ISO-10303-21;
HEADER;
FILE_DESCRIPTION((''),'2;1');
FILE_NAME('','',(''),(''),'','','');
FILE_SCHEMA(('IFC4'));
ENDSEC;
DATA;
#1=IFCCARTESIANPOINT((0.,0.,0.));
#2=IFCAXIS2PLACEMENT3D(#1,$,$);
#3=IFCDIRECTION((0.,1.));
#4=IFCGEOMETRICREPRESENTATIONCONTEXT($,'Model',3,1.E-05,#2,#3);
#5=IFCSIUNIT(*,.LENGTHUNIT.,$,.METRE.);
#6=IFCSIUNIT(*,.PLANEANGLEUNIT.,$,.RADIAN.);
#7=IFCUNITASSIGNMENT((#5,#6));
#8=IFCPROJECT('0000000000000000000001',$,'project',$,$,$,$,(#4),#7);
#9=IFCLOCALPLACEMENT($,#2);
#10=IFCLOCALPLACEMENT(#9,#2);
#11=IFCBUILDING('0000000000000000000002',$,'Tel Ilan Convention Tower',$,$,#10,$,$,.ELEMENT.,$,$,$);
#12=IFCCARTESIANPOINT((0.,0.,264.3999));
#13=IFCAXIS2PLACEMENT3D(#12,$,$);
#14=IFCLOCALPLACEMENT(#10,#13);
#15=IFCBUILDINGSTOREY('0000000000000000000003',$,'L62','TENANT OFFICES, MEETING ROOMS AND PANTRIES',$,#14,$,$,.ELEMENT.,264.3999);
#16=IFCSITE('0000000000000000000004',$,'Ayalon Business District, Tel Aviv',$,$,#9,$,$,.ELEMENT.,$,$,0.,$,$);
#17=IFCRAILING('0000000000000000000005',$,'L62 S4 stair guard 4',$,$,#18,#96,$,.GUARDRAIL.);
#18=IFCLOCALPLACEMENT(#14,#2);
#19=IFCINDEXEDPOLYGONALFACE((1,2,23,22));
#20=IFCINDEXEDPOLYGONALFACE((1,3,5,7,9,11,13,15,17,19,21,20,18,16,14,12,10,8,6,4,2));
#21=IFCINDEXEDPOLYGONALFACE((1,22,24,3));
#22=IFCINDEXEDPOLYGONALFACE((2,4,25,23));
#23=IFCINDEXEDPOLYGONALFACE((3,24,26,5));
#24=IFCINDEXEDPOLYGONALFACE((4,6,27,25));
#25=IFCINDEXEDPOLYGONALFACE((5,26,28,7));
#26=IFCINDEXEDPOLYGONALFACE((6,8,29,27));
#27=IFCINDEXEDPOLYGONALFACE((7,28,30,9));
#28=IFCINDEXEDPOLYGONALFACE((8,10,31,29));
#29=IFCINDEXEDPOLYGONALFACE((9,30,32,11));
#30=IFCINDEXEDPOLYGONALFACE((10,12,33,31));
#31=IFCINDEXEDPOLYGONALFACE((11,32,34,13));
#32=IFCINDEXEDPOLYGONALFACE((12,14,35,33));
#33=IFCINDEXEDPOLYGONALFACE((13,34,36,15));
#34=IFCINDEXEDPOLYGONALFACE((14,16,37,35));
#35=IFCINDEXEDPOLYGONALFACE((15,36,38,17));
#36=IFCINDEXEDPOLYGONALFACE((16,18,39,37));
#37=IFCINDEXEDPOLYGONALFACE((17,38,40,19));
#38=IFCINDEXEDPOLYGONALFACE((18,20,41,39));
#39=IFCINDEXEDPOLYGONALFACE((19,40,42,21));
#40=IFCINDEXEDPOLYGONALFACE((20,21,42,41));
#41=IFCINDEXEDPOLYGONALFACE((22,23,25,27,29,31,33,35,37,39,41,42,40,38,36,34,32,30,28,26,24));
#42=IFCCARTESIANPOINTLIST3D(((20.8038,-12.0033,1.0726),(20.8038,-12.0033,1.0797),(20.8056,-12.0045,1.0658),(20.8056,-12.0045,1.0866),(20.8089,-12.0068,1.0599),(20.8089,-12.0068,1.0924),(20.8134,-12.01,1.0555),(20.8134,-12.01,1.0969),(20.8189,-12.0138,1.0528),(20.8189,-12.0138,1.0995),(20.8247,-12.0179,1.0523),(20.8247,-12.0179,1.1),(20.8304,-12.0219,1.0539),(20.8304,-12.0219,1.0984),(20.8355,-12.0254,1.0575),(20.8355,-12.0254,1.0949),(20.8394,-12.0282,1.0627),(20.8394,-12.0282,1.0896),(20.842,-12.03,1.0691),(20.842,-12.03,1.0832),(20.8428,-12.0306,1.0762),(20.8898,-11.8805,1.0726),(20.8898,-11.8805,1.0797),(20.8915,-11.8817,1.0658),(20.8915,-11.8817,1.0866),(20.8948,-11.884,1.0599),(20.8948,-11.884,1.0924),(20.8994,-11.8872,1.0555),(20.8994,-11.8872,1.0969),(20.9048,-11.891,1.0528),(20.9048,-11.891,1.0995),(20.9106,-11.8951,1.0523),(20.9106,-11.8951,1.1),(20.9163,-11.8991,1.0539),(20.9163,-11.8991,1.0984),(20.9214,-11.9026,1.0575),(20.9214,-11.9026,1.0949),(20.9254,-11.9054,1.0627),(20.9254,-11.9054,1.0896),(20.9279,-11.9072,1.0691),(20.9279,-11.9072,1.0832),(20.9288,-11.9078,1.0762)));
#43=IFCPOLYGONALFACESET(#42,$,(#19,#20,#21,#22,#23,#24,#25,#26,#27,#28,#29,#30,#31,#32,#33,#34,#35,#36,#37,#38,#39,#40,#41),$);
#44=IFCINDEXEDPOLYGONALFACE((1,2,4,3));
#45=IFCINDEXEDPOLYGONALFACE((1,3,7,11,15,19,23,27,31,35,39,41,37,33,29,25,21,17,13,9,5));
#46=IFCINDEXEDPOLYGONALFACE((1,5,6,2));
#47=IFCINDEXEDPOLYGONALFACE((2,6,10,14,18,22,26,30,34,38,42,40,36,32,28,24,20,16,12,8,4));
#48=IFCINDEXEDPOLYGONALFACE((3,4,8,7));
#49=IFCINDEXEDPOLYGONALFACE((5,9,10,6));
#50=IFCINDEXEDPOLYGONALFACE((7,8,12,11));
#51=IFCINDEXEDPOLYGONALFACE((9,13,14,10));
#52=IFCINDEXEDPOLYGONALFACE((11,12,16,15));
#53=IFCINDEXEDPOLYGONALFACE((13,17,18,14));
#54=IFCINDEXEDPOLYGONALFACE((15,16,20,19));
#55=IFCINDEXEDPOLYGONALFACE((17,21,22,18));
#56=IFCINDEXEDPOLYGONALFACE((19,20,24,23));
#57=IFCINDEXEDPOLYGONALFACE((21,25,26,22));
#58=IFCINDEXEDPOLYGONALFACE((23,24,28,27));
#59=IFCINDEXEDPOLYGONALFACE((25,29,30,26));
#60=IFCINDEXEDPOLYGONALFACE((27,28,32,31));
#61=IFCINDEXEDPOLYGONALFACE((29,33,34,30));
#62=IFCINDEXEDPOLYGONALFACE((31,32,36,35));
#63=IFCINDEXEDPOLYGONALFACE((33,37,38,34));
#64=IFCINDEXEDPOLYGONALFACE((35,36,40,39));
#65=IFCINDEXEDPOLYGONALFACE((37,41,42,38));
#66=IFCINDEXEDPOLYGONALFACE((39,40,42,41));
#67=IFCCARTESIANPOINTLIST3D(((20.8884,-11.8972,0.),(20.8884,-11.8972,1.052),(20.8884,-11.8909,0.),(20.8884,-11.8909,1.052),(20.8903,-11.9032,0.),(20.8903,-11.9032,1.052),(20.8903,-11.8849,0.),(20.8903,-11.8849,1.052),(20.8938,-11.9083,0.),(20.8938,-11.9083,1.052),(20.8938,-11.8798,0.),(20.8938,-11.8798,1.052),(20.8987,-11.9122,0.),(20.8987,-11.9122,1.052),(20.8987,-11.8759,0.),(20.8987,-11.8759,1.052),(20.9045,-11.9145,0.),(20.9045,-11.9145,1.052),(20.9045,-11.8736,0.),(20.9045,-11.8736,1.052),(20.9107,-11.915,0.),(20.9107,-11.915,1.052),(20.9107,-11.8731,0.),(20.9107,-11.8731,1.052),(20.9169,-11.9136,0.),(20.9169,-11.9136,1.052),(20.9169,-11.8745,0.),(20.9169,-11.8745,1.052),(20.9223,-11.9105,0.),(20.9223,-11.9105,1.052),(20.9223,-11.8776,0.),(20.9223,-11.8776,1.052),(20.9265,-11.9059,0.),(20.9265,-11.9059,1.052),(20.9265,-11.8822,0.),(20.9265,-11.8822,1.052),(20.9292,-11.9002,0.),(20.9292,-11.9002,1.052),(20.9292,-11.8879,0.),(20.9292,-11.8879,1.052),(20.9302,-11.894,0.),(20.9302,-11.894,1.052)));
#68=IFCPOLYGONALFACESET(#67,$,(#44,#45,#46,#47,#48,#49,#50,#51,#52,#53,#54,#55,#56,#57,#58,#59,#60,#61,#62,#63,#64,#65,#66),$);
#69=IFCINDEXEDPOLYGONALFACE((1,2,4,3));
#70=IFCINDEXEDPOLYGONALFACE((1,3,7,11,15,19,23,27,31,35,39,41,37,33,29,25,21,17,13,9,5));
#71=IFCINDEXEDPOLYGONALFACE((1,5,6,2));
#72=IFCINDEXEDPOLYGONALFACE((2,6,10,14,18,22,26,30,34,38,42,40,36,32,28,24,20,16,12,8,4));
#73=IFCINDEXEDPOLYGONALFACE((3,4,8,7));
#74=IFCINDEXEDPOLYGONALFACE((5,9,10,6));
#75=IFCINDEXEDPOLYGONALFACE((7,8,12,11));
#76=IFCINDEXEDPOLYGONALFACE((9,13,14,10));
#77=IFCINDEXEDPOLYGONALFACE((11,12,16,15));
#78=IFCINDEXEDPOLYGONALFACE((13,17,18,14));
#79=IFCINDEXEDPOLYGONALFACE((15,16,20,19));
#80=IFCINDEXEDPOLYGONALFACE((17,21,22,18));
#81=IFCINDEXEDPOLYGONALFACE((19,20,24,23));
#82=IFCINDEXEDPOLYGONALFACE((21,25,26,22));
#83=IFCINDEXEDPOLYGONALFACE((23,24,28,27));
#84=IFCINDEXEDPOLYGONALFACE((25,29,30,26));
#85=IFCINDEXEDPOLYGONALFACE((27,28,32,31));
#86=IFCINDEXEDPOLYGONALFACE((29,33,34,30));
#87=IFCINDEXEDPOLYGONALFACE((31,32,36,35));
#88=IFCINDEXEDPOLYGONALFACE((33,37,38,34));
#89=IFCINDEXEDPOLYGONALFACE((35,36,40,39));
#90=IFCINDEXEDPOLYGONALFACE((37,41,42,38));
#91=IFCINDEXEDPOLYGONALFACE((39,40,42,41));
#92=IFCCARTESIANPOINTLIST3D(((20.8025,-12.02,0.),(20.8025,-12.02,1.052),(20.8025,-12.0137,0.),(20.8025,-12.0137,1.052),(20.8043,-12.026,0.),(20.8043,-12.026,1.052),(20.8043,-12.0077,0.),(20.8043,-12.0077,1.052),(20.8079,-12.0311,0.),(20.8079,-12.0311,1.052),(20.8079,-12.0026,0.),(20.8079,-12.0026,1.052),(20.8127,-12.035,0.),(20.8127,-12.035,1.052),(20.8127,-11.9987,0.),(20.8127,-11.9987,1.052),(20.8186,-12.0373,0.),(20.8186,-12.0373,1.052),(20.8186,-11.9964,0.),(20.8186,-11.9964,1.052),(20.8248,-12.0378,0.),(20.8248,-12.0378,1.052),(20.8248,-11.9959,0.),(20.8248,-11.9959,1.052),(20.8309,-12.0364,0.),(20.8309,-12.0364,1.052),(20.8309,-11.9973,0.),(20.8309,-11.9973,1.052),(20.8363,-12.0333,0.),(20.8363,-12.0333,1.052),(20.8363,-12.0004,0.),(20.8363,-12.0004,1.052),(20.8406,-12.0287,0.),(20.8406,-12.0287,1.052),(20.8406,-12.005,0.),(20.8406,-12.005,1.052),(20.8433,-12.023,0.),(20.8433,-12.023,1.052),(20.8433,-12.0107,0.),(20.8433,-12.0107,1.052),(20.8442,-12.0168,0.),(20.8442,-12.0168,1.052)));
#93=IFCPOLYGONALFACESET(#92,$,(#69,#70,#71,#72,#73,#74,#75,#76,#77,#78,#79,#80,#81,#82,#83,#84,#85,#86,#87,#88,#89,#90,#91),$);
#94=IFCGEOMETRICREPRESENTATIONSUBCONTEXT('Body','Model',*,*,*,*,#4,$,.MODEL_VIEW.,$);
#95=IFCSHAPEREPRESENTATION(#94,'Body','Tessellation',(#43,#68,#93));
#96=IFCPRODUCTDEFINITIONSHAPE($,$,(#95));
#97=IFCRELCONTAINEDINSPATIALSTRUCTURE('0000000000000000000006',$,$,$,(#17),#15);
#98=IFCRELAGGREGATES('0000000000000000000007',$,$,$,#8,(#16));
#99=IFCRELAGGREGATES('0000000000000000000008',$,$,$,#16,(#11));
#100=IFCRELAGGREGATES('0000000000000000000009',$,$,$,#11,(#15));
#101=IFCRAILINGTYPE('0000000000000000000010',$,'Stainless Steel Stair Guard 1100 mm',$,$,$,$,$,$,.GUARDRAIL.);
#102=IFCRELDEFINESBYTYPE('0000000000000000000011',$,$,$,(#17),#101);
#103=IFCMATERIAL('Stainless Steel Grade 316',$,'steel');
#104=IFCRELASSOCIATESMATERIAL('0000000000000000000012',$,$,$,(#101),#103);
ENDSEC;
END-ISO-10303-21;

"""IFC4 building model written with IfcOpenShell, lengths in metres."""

from ifc_helpers import new_model, si_unit, direction, frame, origin, origin_2d, place, context, subcontext, project, spatial, circle, extrude, material, type_object, element, save


model = new_model("IFC4")

# Units and contexts
model_context = context("Model", 3, precision=1e-05, world=origin(), true_north=direction((0.0, 1.0)))
body_context = subcontext(model_context, "Body", "Model", "MODEL_VIEW")
ifc_project = project(units=[si_unit("LENGTHUNIT", "METRE"), si_unit("PLANEANGLEUNIT", "RADIAN")], contexts=[model_context])

# Site, building, storey
site_placement = place(None, origin())
site = spatial("IfcSite", under=ifc_project, at=site_placement, Name="Ayalon Business District, Tel Aviv", CompositionType="ELEMENT", RefElevation=0.0)
building_placement = place(site_placement, origin())
building = spatial("IfcBuilding", under=site, at=building_placement, Name="Tel Ilan Convention Tower", CompositionType="ELEMENT")
storey_placement = place(building_placement, frame((0.0, 0.0, 264.3999)))
storey = spatial("IfcBuildingStorey", under=building, at=storey_placement, Name="L62", Description="TENANT OFFICES, MEETING ROOMS AND PANTRIES", CompositionType="ELEMENT", Elevation=264.3999)

# Railing
ifc_material_1 = material(Name="Stainless Steel Grade 316", Category="steel")
railing_type_1 = type_object("IfcRailingType", Name="Stainless Steel Stair Guard 1100 mm", PredefinedType="GUARDRAIL", material=ifc_material_1)
railing_1_placement = place(storey_placement, frame((20.9092, -11.894, 0.0)))
element("IfcRailing", 1, at=railing_1_placement, inside=storey, type_object=railing_type_1, Name="L62 S4 stair guard 4", PredefinedType="GUARDRAIL", context=body_context, shape_type="SweptSolid", body=[
    extrude(circle(Radius=0.0239, at=origin_2d()), frame((0.0, 0.0, 1.0762), z_axis=(-0.573353, -0.819308, 0.0), x_axis=(0.819308, -0.573353, 0.0)), (0.0, 0.0, 1.0), 0.1499),
    extrude(circle(Radius=0.021, at=origin_2d()), origin(), (0.0, 0.0, 1.0), 1.052),
    extrude(circle(Radius=0.021, at=origin_2d()), frame((-0.0859, -0.1228, 0.0)), (0.0, 0.0, 1.0), 1.052),
])

save(model, "model.ifc")
